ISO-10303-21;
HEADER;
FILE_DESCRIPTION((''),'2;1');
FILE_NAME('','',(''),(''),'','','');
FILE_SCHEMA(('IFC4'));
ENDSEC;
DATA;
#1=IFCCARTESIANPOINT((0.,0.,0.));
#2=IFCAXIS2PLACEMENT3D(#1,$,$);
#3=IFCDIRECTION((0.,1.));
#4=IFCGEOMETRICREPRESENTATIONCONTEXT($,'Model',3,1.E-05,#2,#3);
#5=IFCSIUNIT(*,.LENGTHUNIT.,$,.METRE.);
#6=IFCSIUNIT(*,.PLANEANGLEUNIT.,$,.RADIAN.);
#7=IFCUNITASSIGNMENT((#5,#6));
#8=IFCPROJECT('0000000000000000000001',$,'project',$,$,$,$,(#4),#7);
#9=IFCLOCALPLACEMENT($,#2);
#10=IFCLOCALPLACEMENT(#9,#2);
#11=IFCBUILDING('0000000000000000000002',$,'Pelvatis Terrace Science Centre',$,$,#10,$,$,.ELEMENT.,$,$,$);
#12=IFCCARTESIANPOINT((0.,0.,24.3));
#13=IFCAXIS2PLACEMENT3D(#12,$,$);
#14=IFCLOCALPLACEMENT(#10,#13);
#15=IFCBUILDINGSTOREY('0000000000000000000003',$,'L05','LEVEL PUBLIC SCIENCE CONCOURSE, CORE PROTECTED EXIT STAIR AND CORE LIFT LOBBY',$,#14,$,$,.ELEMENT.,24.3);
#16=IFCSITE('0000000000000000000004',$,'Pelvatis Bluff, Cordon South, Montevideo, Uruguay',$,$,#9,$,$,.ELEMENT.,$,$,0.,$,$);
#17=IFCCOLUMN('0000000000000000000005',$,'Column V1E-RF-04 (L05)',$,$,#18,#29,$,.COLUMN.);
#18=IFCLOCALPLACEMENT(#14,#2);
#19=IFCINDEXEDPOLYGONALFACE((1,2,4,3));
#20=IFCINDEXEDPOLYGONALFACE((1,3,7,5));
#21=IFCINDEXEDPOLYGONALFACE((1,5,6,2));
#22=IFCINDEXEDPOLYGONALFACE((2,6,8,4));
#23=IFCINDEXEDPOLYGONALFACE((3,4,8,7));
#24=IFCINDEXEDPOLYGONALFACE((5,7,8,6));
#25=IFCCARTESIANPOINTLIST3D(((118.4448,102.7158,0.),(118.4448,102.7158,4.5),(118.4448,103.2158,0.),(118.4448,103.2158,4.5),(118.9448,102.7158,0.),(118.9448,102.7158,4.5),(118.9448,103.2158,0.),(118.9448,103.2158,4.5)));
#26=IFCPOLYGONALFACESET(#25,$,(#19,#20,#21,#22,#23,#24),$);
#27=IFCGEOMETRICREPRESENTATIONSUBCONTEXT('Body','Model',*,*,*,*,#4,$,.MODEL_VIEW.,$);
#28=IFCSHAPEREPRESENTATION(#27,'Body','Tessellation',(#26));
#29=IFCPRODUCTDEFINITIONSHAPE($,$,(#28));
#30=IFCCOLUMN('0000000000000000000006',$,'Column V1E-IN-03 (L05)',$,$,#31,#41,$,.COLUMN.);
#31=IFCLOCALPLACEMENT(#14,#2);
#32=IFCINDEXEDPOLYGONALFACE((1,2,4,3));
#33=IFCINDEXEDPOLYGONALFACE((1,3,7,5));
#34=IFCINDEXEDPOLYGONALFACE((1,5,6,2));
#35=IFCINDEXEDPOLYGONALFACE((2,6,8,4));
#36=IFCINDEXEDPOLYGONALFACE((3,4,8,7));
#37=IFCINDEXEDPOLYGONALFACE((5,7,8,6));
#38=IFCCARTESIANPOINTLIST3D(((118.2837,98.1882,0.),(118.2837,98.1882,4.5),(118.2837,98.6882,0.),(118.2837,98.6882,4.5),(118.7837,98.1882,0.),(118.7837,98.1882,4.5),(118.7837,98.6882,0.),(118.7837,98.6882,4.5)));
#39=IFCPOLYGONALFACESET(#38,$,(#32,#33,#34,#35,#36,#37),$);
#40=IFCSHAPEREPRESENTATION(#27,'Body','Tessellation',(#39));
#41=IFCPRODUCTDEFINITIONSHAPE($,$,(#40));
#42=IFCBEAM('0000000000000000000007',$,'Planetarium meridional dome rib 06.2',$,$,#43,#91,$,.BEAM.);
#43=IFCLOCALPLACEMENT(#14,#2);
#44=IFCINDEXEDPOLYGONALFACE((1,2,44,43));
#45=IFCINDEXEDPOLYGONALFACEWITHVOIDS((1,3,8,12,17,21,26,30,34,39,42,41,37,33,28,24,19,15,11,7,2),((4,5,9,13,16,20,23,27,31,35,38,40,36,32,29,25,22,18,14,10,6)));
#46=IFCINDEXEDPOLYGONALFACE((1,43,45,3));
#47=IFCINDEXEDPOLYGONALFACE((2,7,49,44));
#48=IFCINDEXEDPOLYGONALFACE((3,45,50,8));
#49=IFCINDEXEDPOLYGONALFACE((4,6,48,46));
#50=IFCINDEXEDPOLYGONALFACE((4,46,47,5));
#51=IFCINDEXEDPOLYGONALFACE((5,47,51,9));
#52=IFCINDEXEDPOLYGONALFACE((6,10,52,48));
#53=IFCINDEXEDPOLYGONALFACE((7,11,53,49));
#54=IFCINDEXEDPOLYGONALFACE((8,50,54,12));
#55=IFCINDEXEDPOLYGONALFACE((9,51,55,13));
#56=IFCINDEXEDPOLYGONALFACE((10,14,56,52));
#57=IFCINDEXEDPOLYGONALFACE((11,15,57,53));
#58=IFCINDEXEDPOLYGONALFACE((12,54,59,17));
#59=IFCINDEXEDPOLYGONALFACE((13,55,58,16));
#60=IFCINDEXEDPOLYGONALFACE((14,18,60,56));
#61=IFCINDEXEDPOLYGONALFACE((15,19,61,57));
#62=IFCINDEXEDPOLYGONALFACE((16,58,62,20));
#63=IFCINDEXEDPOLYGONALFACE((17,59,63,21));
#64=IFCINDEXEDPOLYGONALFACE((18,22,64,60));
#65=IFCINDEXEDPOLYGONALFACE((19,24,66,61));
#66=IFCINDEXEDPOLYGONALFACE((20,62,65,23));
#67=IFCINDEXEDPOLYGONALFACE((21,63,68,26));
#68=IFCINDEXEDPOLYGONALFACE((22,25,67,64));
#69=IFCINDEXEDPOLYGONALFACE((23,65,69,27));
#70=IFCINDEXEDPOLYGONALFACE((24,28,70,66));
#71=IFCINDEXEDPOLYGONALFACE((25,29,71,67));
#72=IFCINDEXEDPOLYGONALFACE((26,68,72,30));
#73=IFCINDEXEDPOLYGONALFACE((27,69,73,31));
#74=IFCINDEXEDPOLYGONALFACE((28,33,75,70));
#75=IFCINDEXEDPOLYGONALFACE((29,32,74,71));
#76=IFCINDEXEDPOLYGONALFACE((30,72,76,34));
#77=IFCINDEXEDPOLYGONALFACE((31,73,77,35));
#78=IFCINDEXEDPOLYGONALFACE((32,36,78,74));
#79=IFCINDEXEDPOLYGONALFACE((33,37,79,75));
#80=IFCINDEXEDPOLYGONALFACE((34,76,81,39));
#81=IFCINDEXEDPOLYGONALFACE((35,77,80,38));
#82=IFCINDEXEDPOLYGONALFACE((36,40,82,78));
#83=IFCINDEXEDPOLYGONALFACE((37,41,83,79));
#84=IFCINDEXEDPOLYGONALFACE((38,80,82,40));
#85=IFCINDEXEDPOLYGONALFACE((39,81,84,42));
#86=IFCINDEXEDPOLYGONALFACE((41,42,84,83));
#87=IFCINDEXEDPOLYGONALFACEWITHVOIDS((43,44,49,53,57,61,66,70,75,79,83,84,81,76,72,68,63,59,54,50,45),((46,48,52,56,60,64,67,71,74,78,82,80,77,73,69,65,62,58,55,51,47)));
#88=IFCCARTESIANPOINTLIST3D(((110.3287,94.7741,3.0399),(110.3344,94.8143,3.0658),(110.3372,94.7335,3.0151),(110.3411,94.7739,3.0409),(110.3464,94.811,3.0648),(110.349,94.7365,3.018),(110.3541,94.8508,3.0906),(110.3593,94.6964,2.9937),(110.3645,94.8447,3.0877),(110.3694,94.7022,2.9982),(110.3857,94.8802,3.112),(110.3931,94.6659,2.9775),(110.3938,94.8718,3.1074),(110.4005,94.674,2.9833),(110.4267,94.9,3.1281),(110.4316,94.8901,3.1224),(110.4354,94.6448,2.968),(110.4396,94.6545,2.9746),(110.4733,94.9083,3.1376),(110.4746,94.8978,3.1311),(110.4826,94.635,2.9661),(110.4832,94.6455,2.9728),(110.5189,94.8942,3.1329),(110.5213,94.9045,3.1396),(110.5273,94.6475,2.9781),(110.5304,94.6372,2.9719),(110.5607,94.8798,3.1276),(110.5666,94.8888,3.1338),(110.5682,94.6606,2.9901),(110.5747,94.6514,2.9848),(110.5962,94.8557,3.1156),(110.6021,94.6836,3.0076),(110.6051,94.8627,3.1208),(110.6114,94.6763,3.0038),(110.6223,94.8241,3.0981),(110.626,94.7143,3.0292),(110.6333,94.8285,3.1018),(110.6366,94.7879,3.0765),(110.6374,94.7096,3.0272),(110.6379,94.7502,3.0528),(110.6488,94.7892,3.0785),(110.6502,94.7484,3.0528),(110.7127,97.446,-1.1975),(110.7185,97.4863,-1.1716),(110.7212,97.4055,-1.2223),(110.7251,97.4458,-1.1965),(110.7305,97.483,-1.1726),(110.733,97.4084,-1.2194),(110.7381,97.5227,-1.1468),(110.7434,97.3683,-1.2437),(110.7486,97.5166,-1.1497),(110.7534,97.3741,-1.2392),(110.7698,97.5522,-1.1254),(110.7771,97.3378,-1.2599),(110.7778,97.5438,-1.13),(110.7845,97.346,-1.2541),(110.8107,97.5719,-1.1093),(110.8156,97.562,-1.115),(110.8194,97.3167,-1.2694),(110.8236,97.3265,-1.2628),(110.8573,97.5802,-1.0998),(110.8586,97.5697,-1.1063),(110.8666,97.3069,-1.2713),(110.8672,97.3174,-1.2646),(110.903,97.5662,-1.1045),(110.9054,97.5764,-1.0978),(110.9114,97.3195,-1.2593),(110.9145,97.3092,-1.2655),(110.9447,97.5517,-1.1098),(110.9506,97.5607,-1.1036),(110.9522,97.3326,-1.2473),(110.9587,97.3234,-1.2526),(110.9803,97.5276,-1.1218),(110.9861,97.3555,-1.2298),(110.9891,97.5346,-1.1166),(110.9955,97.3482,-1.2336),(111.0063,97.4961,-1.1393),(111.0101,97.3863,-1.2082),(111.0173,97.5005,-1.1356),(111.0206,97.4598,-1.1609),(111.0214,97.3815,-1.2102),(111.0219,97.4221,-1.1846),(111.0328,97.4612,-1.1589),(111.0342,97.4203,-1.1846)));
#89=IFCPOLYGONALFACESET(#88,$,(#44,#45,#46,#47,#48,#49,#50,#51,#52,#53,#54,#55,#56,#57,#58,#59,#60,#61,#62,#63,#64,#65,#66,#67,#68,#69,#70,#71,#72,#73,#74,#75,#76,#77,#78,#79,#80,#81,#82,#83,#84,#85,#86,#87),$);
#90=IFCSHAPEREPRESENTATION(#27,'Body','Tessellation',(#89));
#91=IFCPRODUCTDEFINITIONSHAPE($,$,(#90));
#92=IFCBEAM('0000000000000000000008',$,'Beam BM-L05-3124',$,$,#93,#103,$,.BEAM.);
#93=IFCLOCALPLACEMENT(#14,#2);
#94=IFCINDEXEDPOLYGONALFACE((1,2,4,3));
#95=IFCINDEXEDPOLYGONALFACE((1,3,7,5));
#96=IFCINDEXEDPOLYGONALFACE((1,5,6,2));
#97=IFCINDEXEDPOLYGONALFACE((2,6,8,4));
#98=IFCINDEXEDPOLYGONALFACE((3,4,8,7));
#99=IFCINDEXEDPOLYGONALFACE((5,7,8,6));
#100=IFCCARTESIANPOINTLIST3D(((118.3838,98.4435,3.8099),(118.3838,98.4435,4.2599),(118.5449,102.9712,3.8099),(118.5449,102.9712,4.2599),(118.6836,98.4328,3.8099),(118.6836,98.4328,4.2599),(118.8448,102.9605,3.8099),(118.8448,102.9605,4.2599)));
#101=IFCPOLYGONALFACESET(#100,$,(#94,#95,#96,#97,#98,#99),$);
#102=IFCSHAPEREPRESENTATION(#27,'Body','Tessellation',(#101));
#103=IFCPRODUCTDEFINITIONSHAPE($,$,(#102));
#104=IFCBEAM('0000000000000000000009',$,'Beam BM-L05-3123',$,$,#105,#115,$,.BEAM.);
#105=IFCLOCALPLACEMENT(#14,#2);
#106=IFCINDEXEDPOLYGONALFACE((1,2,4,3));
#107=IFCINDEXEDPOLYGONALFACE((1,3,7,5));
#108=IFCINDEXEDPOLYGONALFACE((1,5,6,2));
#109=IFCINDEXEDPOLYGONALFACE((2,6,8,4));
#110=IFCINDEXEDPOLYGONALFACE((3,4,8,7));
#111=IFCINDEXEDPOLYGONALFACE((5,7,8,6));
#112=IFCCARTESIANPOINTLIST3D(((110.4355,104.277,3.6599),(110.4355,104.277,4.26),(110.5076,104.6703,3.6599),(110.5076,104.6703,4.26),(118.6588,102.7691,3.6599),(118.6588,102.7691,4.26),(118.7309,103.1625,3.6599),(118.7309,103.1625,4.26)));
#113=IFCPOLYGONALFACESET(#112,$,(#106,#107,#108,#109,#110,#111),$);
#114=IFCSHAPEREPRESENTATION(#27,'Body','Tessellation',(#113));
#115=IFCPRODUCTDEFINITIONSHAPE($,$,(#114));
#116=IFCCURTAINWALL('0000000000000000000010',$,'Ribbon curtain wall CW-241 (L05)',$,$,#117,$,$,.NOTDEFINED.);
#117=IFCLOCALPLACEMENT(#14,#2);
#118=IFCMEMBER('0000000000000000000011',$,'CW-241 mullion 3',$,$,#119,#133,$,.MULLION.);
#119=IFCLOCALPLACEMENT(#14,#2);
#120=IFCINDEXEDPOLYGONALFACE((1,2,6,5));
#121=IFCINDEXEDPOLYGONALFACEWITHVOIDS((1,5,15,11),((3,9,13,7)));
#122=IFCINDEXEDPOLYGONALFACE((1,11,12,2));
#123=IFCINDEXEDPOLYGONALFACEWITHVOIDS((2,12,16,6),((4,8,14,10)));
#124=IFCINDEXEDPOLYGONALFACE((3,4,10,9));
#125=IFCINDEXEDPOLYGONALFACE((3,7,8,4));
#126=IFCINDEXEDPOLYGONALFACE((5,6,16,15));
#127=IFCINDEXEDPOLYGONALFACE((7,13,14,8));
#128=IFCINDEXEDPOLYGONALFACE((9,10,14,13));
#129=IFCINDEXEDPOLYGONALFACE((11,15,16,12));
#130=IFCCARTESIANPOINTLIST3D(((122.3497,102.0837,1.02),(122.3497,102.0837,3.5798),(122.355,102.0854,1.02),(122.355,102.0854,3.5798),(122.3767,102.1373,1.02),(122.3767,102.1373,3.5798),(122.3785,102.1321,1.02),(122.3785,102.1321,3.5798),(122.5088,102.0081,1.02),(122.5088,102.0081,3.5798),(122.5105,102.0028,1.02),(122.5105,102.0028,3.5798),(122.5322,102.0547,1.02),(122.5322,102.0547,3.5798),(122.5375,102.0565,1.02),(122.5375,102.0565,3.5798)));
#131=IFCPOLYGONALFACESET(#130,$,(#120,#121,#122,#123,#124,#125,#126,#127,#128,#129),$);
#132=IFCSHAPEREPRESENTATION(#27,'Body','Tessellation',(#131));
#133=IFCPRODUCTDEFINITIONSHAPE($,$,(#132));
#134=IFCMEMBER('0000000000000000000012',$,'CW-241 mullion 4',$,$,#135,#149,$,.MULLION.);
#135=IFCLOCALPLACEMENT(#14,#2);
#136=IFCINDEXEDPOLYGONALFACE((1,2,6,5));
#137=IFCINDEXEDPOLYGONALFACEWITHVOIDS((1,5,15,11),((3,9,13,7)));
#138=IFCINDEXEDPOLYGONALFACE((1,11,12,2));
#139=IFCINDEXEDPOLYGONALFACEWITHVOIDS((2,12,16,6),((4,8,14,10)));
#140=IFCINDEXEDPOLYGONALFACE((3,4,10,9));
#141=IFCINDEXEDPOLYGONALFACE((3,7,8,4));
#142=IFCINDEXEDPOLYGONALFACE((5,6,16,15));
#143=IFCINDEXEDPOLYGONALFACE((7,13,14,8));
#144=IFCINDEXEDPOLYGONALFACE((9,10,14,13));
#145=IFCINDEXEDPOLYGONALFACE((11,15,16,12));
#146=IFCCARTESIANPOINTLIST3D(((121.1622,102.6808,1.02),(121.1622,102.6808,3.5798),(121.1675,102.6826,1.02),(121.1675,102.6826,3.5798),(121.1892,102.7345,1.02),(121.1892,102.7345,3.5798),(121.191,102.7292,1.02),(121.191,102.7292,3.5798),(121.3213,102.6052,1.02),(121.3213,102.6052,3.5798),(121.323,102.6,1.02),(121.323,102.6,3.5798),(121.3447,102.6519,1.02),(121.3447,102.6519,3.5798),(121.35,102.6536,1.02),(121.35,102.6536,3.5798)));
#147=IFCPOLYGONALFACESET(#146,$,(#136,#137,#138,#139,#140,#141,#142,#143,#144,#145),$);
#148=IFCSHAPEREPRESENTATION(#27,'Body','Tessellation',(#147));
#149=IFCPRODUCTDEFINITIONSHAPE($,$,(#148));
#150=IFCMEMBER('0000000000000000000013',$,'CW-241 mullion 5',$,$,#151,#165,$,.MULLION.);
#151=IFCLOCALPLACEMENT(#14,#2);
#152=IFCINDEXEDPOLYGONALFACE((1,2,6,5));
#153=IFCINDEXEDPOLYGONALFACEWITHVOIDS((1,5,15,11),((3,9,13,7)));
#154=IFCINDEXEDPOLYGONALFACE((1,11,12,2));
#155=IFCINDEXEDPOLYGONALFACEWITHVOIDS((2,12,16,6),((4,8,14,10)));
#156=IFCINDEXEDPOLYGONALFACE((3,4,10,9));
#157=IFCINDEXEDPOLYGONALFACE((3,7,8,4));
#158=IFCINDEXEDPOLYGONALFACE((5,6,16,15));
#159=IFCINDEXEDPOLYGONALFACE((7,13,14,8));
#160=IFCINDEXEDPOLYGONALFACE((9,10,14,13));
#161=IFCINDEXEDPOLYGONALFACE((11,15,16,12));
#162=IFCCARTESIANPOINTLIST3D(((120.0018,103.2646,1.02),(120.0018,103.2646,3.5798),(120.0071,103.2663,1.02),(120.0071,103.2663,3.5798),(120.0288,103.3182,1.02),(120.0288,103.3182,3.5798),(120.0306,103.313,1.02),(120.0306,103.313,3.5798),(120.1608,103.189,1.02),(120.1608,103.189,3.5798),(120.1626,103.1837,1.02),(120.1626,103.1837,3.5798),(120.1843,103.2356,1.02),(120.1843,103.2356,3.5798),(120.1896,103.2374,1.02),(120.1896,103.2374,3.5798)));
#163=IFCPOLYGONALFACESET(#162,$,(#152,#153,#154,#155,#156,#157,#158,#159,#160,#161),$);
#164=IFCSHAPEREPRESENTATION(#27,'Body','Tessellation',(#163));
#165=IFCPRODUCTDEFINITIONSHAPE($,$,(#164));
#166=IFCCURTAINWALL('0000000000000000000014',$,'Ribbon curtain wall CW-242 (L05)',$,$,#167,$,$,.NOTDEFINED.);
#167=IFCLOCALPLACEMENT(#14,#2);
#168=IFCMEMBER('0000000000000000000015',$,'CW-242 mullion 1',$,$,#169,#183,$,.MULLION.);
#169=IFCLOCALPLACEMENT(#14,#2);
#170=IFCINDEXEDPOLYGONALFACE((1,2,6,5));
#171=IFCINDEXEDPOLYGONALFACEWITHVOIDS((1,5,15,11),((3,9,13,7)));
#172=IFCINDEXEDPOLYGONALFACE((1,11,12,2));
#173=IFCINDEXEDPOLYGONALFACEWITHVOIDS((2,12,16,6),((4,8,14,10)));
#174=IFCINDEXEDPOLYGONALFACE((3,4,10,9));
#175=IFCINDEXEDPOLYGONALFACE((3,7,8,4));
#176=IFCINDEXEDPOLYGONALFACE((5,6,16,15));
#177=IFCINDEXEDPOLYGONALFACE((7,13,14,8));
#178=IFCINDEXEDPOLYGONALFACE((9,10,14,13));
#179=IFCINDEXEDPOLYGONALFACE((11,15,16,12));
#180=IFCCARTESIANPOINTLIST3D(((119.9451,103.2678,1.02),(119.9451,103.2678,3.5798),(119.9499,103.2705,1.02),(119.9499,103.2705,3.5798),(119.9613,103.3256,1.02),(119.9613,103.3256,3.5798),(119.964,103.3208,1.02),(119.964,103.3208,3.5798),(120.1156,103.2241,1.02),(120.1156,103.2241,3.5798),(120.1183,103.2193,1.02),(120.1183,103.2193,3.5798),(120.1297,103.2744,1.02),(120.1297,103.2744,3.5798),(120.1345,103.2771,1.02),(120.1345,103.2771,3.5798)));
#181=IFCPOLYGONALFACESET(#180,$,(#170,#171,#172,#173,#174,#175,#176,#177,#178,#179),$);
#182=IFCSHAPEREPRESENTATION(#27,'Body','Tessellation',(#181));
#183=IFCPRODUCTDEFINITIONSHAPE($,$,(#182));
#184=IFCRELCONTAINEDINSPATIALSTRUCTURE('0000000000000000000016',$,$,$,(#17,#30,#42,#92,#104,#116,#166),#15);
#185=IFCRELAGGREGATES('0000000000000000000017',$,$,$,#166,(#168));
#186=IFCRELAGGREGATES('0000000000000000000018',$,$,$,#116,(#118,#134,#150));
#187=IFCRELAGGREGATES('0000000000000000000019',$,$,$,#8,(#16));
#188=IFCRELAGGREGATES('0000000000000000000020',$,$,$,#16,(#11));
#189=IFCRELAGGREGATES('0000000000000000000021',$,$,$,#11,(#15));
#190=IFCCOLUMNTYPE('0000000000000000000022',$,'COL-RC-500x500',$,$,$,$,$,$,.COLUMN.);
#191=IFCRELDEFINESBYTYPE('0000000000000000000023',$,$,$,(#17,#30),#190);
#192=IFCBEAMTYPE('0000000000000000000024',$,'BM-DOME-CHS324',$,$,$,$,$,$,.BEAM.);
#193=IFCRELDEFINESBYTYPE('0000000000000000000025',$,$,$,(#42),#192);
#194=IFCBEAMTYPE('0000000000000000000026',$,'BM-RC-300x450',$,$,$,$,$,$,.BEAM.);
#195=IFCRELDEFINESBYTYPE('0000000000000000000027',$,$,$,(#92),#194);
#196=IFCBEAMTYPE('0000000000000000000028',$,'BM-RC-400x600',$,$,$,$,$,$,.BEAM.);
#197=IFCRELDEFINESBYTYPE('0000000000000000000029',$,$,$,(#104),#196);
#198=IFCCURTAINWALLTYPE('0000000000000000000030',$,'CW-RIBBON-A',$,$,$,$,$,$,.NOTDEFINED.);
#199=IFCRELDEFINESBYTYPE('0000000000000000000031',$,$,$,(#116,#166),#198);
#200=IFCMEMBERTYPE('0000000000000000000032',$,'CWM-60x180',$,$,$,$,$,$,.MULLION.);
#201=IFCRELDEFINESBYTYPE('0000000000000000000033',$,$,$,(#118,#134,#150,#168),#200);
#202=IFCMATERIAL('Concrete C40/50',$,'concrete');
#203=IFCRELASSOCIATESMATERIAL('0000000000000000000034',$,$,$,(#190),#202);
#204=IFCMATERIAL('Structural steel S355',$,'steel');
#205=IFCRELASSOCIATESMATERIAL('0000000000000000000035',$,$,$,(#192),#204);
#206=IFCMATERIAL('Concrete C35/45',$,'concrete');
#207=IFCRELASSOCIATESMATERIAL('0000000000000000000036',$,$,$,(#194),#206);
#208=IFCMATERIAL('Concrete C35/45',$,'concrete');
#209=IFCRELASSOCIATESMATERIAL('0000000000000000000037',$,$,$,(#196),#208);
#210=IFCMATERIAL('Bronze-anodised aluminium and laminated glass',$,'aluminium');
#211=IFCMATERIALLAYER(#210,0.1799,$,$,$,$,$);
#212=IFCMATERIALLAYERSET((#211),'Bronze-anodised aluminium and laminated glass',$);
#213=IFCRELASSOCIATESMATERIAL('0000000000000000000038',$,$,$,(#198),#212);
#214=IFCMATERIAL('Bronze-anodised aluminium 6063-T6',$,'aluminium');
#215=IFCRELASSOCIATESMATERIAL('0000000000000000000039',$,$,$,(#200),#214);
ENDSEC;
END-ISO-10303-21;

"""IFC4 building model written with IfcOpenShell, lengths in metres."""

from ifc_helpers import new_model, si_unit, direction, frame, origin, origin_2d, place, context, subcontext, project, spatial, rectangle, hollow_rectangle, hollow_circle, extrude, material, layer, layer_set, material_profile, profile_set, type_object, element, aggregate, save


model = new_model("IFC4")

# Units and contexts
model_context = context("Model", 3, precision=1e-05, world=origin(), true_north=direction((0.0, 1.0)))
body_context = subcontext(model_context, "Body", "Model", "MODEL_VIEW")
ifc_project = project(units=[si_unit("LENGTHUNIT", "METRE"), si_unit("PLANEANGLEUNIT", "RADIAN")], contexts=[model_context])

# Site, building, storey
site_placement = place(None, origin())
site = spatial("IfcSite", under=ifc_project, at=site_placement, Name="Pelvatis Bluff, Cordon South, Montevideo, Uruguay", CompositionType="ELEMENT", RefElevation=0.0)
building_placement = place(site_placement, origin())
building = spatial("IfcBuilding", under=site, at=building_placement, Name="Pelvatis Terrace Science Centre", CompositionType="ELEMENT")
storey_placement = place(building_placement, frame((0.0, 0.0, 24.3)))
storey = spatial("IfcBuildingStorey", under=building, at=storey_placement, Name="L05", Description="LEVEL PUBLIC SCIENCE CONCOURSE, CORE PROTECTED EXIT STAIR AND CORE LIFT LOBBY", CompositionType="ELEMENT", Elevation=24.3)

# Columns
ifc_material_1 = material(Name="Concrete C40/50", Category="concrete")
ifc_material_profile_1 = material_profile(ifc_material_1, rectangle(XDim=0.5, YDim=0.5, at=origin_2d()), Name="RC-COL 500x500")
ifc_profile_set_1 = profile_set([ifc_material_profile_1], Name="Concrete C40/50")
column_type = type_object("IfcColumnType", Name="COL-RC-500x500", PredefinedType="COLUMN", material=ifc_profile_set_1)
for number, where, z_axis, x_axis, name in (
    (1, (118.6948, 102.9658, 0.0), (0.0, 0.0, 1.0), (1.0, 0.0, 0.0), "Column V1E-RF-04 (L05)"),
    (2, (118.5337, 98.4382, 0.0), (0.0, 0.0, 1.0), (1.0, 0.0, 0.0), "Column V1E-IN-03 (L05)"),
):
    element("IfcColumn", number, at=place(storey_placement, frame(where, z_axis=z_axis, x_axis=x_axis)), inside=storey, type_object=column_type, Name=name, PredefinedType="COLUMN", context=body_context, shape_type="SweptSolid", body=[
        extrude(rectangle(XDim=0.5, YDim=0.5, at=origin_2d()), origin(), (0.0, 0.0, 1.0), 4.5),
    ])

# Beams
ifc_material_2 = material(Name="Structural steel S355", Category="steel")
ifc_material_profile_2 = material_profile(ifc_material_2, hollow_circle(Radius=0.1619, WallThickness=0.0125, at=origin_2d()), Name="CHS 323.9x12.5")
ifc_profile_set_2 = profile_set([ifc_material_profile_2], Name="Structural steel S355")
beam_type_1 = type_object("IfcBeamType", Name="BM-DOME-CHS324", PredefinedType="BEAM", material=ifc_profile_set_2)
beam_1_placement = place(storey_placement, frame((110.874, 97.4434, -1.1846), z_axis=(-0.076439, -0.531816, 0.843403), x_axis=(0.989828, -0.14227, 0.0)))
element("IfcBeam", 3, at=beam_1_placement, inside=storey, type_object=beam_type_1, Name="Planetarium meridional dome rib 06.2", PredefinedType="BEAM", context=body_context, shape_type="SweptSolid", body=[
    extrude(hollow_circle(Radius=0.1619, WallThickness=0.0125, at=origin_2d()), origin(), (0.0, 0.0, 1.0), 5.0242),
])
ifc_material_3 = material(Name="Concrete C35/45", Category="concrete")
ifc_material_profile_3 = material_profile(ifc_material_3, rectangle(XDim=0.3, YDim=0.45, at=origin_2d()), Name="RC-BM 300x450")
ifc_profile_set_3 = profile_set([ifc_material_profile_3], Name="Concrete C35/45")
beam_type_2 = type_object("IfcBeamType", Name="BM-RC-300x450", PredefinedType="BEAM", material=ifc_profile_set_3)
beam_2_placement = place(storey_placement, frame((118.6948, 102.9658, 4.0349), z_axis=(-0.035567, -0.999367, 0.0), x_axis=(0.999367, -0.035567, 0.0)))
element("IfcBeam", 4, at=beam_2_placement, inside=storey, type_object=beam_type_2, Name="Beam BM-L05-3124", PredefinedType="BEAM", context=body_context, shape_type="SweptSolid", body=[
    extrude(rectangle(XDim=0.3, YDim=0.45, at=origin_2d()), origin(), (0.0, 0.0, 1.0), 4.5305),
])
ifc_material_4 = material(Name="Concrete C35/45", Category="concrete")
ifc_material_profile_4 = material_profile(ifc_material_4, rectangle(XDim=0.3999, YDim=0.6001, at=origin_2d()), Name="RC-BM 400x600")
ifc_profile_set_4 = profile_set([ifc_material_profile_4], Name="Concrete C35/45")
beam_type_3 = type_object("IfcBeamType", Name="BM-RC-400x600", PredefinedType="BEAM", material=ifc_profile_set_4)
beam_3_placement = place(storey_placement, frame((118.6948, 102.9658, 3.96), z_axis=(-0.983602, 0.180355, 0.0), x_axis=(-0.180355, -0.983602, 0.0)))
element("IfcBeam", 5, at=beam_3_placement, inside=storey, type_object=beam_type_3, Name="Beam BM-L05-3123", PredefinedType="BEAM", context=body_context, shape_type="SweptSolid", body=[
    extrude(rectangle(XDim=0.3999, YDim=0.6001, at=origin_2d()), origin(), (0.0, 0.0, 1.0), 8.3604),
])

# Curtain wall, members
ifc_material_5 = material(Name="Bronze-anodised aluminium and laminated glass", Category="aluminium")
ifc_layer_1 = layer(ifc_material_5, 0.1799)
ifc_layer_set_1 = layer_set([ifc_layer_1], Name="Bronze-anodised aluminium and laminated glass")
curtain_wall_type = type_object("IfcCurtainWallType", Name="CW-RIBBON-A", PredefinedType="NOTDEFINED", material=ifc_layer_set_1)
curtain_wall_1_placement = place(storey_placement, origin())
curtain_wall_1 = element("IfcCurtainWall", 6, at=curtain_wall_1_placement, inside=storey, type_object=curtain_wall_type, Name="Ribbon curtain wall CW-241 (L05)", PredefinedType="NOTDEFINED")
ifc_material_6 = material(Name="Bronze-anodised aluminium 6063-T6", Category="aluminium")
ifc_material_profile_5 = material_profile(ifc_material_6, hollow_rectangle(XDim=0.0601, YDim=0.1799, WallThickness=0.0039, at=origin_2d()), Name="ALU-MUL 60x180")
ifc_profile_set_5 = profile_set([ifc_material_profile_5], Name="Bronze-anodised aluminium 6063-T6")
member_type_1 = type_object("IfcMemberType", Name="CWM-60x180", PredefinedType="MULLION", material=ifc_profile_set_5)
member_1_placement = place(storey_placement, frame((122.4436, 102.0701, 1.02), z_axis=(0.0, 0.0, 1.0), x_axis=(-0.449304, -0.893379, 0.0)))
member_1 = element("IfcMember", 7, at=member_1_placement, type_object=member_type_1, Name="CW-241 mullion 3", PredefinedType="MULLION", context=body_context, shape_type="SweptSolid", body=[
    extrude(hollow_rectangle(XDim=0.0601, YDim=0.1799, WallThickness=0.0039, at=origin_2d()), origin(), (0.0, 0.0, 1.0), 2.5598),
])
member_2_placement = place(storey_placement, frame((121.2561, 102.6672, 1.02), z_axis=(0.0, 0.0, 1.0), x_axis=(-0.449304, -0.893379, 0.0)))
member_2 = element("IfcMember", 8, at=member_2_placement, type_object=member_type_1, Name="CW-241 mullion 4", PredefinedType="MULLION", context=body_context, shape_type="SweptSolid", body=[
    extrude(hollow_rectangle(XDim=0.0601, YDim=0.1799, WallThickness=0.0039, at=origin_2d()), origin(), (0.0, 0.0, 1.0), 2.5598),
])
member_3_placement = place(storey_placement, frame((120.0957, 103.251, 1.02), z_axis=(0.0, 0.0, 1.0), x_axis=(-0.449304, -0.893379, 0.0)))
member_3 = element("IfcMember", 9, at=member_3_placement, type_object=member_type_1, Name="CW-241 mullion 5", PredefinedType="MULLION", context=body_context, shape_type="SweptSolid", body=[
    extrude(hollow_rectangle(XDim=0.0601, YDim=0.1799, WallThickness=0.0039, at=origin_2d()), origin(), (0.0, 0.0, 1.0), 2.5598),
])

# Curtain wall, member
curtain_wall_2_placement = place(storey_placement, origin())
curtain_wall_2 = element("IfcCurtainWall", 10, at=curtain_wall_2_placement, inside=storey, type_object=curtain_wall_type, Name="Ribbon curtain wall CW-242 (L05)", PredefinedType="NOTDEFINED")
member_4_placement = place(storey_placement, frame((120.0398, 103.2725, 1.02), z_axis=(0.0, 0.0, 1.0), x_axis=(-0.269695, -0.962946, 0.0)))
member_4 = element("IfcMember", 11, at=member_4_placement, type_object=member_type_1, Name="CW-242 mullion 1", PredefinedType="MULLION", context=body_context, shape_type="SweptSolid", body=[
    extrude(hollow_rectangle(XDim=0.0601, YDim=0.1799, WallThickness=0.0039, at=origin_2d()), origin(), (0.0, 0.0, 1.0), 2.5598),
])

aggregate(curtain_wall_2, [member_4])

aggregate(curtain_wall_1, [member_1, member_2, member_3])

save(model, "model.ifc")
